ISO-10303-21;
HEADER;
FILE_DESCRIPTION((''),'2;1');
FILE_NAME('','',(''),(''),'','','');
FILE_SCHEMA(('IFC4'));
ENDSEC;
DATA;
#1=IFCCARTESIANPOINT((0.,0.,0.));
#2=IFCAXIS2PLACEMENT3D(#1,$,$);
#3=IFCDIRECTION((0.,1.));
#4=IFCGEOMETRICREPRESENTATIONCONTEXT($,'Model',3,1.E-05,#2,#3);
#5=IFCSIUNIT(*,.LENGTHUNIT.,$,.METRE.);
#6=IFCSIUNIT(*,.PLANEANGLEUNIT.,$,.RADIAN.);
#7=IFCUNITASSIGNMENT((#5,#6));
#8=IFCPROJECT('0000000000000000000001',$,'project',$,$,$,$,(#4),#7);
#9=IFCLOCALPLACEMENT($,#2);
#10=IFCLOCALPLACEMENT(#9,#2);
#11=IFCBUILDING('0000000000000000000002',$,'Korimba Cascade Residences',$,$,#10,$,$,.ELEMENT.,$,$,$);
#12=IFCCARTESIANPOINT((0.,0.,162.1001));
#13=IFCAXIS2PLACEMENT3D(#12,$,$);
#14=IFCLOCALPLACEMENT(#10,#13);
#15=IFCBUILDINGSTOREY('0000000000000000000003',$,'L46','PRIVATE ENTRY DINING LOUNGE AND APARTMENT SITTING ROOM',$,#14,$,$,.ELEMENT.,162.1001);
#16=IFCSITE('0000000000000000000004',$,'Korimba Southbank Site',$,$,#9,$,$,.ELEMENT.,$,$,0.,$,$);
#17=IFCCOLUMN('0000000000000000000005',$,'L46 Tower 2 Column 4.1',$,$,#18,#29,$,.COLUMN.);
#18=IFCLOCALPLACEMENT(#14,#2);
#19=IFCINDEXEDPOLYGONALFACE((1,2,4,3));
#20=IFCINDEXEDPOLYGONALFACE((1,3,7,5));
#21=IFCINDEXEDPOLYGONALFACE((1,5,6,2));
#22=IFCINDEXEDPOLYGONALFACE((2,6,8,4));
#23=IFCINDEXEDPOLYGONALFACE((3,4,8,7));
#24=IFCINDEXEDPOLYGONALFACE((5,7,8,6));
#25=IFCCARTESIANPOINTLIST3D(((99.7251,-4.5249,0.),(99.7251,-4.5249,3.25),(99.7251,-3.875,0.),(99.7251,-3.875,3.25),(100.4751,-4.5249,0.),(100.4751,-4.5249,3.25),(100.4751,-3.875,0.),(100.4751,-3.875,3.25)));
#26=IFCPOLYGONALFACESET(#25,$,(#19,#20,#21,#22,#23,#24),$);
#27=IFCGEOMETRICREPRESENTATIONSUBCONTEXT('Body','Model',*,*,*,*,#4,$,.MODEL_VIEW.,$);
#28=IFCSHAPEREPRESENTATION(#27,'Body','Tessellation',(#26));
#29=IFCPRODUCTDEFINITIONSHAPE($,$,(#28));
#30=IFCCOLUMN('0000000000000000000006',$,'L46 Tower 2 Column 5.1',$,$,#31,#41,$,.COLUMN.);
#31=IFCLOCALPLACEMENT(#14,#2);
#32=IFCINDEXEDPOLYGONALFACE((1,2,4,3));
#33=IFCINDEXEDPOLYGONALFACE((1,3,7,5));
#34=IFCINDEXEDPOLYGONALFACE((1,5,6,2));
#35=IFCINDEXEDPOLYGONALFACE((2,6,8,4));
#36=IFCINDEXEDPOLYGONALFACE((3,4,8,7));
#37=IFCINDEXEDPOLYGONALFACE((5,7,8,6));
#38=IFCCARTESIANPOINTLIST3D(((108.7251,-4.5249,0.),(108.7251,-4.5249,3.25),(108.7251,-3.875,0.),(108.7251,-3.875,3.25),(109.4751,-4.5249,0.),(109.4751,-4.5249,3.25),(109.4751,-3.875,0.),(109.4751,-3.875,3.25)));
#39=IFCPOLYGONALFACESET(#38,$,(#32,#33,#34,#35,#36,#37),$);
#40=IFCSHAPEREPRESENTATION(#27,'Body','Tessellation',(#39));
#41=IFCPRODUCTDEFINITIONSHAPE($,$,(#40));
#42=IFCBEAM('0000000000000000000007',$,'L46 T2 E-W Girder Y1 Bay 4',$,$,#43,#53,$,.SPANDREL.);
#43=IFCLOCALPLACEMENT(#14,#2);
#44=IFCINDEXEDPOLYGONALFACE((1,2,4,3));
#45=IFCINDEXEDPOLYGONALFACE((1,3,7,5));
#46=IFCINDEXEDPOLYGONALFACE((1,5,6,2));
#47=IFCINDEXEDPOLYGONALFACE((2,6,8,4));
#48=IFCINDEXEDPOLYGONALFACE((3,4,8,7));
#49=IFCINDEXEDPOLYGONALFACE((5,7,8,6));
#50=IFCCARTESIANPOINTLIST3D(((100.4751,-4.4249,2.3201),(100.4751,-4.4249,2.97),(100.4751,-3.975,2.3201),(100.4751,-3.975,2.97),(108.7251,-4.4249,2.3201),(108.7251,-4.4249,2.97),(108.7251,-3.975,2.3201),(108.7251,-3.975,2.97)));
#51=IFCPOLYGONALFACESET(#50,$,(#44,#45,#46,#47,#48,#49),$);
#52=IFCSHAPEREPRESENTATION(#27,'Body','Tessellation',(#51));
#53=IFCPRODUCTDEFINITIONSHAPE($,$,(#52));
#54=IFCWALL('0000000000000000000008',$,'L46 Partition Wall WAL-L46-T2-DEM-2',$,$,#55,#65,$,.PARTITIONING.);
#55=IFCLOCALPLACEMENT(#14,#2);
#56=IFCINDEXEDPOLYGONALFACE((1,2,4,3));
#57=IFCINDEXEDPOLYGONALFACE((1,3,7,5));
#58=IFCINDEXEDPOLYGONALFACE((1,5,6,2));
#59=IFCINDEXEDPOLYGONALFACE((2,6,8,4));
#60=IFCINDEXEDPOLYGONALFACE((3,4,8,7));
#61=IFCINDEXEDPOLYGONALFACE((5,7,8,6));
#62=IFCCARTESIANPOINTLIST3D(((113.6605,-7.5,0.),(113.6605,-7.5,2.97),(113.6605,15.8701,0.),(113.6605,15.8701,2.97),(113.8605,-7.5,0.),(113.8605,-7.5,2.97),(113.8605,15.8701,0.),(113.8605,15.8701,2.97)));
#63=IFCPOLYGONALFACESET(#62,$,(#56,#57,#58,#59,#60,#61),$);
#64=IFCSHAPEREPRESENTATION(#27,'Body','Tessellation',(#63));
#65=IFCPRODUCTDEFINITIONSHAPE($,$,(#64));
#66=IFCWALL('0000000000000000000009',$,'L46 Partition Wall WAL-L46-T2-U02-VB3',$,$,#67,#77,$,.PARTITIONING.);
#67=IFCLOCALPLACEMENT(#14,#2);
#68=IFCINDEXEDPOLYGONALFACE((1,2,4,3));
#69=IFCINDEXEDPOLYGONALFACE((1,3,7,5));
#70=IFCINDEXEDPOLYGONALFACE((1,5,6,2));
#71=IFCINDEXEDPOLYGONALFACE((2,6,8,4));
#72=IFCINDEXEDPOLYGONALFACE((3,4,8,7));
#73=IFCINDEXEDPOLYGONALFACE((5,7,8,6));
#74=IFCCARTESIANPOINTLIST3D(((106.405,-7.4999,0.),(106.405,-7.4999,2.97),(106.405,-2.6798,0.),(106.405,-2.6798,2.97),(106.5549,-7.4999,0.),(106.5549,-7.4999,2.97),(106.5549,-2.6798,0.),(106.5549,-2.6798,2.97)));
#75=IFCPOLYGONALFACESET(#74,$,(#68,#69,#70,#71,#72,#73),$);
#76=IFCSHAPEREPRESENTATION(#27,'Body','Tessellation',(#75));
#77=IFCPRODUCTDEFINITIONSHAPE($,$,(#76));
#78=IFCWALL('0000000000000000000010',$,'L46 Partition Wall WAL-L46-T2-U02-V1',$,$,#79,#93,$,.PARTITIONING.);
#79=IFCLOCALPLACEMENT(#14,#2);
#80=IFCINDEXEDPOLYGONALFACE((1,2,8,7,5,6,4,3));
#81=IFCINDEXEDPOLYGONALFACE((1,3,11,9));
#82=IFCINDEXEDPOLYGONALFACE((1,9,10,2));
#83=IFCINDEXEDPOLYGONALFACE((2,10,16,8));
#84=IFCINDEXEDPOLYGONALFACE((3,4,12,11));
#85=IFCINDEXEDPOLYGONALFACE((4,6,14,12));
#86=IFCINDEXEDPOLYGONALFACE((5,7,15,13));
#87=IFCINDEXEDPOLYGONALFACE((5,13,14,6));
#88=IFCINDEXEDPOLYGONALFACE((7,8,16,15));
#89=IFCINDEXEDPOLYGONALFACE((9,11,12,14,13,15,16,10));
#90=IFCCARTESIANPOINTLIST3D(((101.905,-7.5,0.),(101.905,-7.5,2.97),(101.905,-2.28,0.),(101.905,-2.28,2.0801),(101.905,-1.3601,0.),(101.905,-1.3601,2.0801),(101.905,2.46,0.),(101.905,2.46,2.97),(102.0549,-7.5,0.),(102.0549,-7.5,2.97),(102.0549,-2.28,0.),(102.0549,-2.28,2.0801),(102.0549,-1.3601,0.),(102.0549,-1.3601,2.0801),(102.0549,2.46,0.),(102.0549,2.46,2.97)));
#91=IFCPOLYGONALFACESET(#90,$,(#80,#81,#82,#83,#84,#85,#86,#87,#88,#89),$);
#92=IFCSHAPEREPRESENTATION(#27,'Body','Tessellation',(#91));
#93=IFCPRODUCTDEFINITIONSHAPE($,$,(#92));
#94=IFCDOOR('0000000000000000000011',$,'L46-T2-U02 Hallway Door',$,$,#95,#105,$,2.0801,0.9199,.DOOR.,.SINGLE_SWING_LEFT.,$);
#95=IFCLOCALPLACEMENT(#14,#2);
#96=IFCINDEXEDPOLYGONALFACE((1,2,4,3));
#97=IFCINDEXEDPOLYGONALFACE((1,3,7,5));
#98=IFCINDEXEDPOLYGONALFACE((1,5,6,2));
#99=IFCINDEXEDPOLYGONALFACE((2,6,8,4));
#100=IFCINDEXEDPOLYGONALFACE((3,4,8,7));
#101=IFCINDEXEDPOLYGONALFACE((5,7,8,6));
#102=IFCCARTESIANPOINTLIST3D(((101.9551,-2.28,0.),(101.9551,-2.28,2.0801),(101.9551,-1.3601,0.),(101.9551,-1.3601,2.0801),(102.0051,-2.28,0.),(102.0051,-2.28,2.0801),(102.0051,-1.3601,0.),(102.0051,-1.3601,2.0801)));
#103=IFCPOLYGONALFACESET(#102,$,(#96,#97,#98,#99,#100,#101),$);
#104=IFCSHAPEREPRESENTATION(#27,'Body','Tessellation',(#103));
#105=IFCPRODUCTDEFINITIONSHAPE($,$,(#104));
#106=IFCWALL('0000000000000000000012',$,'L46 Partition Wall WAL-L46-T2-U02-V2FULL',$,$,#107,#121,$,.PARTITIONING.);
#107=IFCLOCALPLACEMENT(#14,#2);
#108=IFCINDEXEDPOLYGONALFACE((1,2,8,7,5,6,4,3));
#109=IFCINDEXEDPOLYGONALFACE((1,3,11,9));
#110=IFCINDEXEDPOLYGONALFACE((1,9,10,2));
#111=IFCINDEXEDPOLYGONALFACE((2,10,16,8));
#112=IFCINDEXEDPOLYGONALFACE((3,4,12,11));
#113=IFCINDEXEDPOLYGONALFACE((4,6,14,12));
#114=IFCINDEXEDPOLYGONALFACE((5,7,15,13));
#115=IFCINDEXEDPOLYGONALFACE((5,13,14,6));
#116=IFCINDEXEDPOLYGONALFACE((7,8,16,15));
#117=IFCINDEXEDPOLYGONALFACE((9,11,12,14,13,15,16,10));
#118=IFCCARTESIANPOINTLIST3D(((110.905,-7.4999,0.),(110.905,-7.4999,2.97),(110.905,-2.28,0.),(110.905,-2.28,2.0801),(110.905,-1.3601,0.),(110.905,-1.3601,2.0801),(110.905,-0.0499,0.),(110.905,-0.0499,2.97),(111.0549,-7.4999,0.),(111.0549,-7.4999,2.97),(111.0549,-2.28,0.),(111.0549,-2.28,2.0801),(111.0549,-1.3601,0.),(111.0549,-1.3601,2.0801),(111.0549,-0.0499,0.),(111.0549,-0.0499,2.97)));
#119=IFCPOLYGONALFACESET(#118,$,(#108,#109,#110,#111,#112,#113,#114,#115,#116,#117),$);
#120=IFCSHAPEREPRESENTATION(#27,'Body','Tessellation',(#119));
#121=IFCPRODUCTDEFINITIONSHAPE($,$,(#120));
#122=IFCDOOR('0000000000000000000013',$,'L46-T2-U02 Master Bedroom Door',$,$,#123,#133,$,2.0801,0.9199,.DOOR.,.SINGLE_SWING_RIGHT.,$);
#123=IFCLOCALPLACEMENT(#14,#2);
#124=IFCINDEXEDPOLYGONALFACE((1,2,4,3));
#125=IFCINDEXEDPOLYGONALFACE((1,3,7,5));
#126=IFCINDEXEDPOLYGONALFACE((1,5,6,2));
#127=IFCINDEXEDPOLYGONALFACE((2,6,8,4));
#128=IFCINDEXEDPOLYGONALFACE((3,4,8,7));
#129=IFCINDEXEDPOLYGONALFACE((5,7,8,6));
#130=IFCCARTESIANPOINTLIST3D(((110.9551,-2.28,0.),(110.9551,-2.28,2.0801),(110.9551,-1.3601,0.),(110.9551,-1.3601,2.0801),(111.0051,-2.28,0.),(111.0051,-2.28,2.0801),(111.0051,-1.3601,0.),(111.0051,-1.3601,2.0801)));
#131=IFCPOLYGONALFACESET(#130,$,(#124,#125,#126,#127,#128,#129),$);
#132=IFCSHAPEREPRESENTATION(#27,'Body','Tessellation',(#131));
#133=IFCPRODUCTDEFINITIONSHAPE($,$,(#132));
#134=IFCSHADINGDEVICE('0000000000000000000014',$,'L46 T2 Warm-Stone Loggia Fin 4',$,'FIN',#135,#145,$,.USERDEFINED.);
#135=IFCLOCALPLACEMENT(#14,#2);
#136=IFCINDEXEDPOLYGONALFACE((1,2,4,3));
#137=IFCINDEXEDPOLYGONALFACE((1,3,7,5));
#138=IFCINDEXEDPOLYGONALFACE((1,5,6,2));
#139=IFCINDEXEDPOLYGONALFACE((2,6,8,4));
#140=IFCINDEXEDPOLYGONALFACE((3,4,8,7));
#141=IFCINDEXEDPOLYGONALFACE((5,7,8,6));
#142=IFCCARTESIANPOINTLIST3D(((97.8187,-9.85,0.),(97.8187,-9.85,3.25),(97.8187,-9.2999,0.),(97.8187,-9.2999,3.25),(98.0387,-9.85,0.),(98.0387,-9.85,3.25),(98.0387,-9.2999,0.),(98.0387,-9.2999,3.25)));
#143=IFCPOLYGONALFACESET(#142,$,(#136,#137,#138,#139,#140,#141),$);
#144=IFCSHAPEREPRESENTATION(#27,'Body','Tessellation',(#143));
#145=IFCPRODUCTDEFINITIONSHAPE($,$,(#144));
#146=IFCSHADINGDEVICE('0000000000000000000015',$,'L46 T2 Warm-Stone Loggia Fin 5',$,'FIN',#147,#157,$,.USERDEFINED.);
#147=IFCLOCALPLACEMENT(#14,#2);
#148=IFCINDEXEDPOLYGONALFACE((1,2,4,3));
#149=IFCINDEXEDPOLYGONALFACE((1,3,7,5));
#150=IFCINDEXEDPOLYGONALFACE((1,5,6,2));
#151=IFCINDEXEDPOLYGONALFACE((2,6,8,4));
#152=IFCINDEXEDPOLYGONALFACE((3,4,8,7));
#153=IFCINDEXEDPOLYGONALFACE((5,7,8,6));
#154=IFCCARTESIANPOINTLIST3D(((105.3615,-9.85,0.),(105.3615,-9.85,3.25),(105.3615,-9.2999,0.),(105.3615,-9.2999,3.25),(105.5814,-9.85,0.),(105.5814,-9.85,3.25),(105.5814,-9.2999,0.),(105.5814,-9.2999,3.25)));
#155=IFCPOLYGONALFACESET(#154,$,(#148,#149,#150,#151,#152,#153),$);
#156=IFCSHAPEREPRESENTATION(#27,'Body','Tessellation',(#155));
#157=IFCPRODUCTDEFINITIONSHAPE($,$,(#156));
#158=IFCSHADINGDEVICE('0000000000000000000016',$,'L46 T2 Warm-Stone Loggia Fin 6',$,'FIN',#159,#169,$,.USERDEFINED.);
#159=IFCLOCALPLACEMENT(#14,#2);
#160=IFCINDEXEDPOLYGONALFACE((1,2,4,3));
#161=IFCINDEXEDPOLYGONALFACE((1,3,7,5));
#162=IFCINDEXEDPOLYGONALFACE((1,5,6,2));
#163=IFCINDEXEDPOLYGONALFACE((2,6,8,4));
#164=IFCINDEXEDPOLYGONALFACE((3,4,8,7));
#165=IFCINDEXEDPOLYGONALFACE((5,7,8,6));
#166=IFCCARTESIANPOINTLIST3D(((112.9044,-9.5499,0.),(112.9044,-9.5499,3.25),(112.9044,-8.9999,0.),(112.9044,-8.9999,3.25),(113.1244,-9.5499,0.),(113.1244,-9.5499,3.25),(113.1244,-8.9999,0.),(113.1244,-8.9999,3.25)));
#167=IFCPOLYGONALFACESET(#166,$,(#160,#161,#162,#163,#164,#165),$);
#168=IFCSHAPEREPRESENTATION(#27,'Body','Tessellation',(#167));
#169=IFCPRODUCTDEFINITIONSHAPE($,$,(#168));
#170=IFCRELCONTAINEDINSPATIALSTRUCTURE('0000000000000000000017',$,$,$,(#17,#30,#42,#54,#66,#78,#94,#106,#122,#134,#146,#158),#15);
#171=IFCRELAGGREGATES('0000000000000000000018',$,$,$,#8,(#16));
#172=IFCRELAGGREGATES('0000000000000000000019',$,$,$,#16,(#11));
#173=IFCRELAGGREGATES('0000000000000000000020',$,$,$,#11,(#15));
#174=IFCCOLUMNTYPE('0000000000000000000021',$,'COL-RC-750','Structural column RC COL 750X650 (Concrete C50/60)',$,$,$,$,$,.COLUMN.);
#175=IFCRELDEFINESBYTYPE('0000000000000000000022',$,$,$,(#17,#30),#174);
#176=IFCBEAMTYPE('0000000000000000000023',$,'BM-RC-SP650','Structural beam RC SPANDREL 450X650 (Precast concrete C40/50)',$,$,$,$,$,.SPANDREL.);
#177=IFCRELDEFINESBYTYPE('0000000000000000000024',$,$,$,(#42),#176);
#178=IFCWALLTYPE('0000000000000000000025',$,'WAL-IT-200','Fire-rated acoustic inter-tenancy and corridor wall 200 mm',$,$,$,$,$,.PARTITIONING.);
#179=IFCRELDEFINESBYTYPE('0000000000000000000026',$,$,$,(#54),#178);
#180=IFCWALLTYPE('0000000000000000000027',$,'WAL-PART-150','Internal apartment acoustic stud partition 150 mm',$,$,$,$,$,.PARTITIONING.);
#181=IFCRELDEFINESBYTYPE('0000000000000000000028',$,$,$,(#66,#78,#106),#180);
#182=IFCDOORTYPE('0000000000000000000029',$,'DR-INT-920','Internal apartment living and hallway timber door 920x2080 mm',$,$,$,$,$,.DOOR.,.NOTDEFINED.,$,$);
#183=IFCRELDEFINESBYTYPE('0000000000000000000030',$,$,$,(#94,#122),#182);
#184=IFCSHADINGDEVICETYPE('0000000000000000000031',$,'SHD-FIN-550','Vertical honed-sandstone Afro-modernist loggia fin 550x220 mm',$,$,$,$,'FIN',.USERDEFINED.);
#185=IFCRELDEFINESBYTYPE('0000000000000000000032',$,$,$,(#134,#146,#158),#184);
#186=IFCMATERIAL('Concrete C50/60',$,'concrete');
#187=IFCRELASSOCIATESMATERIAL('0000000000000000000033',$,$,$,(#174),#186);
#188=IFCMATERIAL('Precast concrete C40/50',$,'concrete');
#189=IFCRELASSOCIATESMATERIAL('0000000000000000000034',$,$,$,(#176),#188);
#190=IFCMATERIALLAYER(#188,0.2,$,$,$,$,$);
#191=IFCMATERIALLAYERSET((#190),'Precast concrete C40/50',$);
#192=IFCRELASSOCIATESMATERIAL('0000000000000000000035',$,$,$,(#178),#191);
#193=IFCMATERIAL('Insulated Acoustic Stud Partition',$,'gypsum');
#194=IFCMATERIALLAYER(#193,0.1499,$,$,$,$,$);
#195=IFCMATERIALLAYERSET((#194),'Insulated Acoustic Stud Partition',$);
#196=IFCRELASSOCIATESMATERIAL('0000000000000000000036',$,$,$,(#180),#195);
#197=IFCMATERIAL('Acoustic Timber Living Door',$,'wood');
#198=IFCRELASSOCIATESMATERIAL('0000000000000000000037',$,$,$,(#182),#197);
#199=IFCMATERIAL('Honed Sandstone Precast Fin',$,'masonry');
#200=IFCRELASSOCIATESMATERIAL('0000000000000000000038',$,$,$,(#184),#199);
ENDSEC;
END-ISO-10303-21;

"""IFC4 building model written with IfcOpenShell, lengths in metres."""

from ifc_helpers import new_model, si_unit, direction, frame, frame_2d, origin, origin_2d, place, context, subcontext, project, spatial, rectangle, extrude, material, layer, layer_set, material_profile, profile_set, type_object, element, fill, save


model = new_model("IFC4")

# Units and contexts
model_context = context("Model", 3, precision=1e-05, world=origin(), true_north=direction((0.0, 1.0)))
body_context = subcontext(model_context, "Body", "Model", "MODEL_VIEW")
ifc_project = project(units=[si_unit("LENGTHUNIT", "METRE"), si_unit("PLANEANGLEUNIT", "RADIAN")], contexts=[model_context])

# Site, building, storey
site_placement = place(None, origin())
site = spatial("IfcSite", under=ifc_project, at=site_placement, Name="Korimba Southbank Site", CompositionType="ELEMENT", RefElevation=0.0)
building_placement = place(site_placement, origin())
building = spatial("IfcBuilding", under=site, at=building_placement, Name="Korimba Cascade Residences", CompositionType="ELEMENT")
storey_placement = place(building_placement, frame((0.0, 0.0, 162.1001)))
storey = spatial("IfcBuildingStorey", under=building, at=storey_placement, Name="L46", Description="PRIVATE ENTRY DINING LOUNGE AND APARTMENT SITTING ROOM", CompositionType="ELEMENT", Elevation=162.1001)

# Columns
ifc_material_1 = material(Name="Concrete C50/60", Category="concrete")
ifc_material_profile_1 = material_profile(ifc_material_1, rectangle(XDim=0.75, YDim=0.6499, at=origin_2d()), Name="Concrete C50/60")
ifc_profile_set_1 = profile_set([ifc_material_profile_1], Name="Concrete C50/60")
column_type = type_object("IfcColumnType", Name="COL-RC-750", Description="Structural column RC COL 750X650 (Concrete C50/60)", PredefinedType="COLUMN", material=ifc_profile_set_1)
for number, where, z_axis, x_axis, name in (
    (1, (100.1001, -4.2, 0.0), (0.0, 0.0, 1.0), (1.0, 0.0, 0.0), "L46 Tower 2 Column 4.1"),
    (2, (109.1001, -4.2, 0.0), (0.0, 0.0, 1.0), (1.0, 0.0, 0.0), "L46 Tower 2 Column 5.1"),
):
    element("IfcColumn", number, at=place(storey_placement, frame(where, z_axis=z_axis, x_axis=x_axis)), inside=storey, type_object=column_type, Name=name, PredefinedType="COLUMN", context=body_context, shape_type="SweptSolid", body=[
        extrude(rectangle(XDim=0.75, YDim=0.6499, at=origin_2d()), origin(), (0.0, 0.0, 1.0), 3.25),
    ])

# Beam
ifc_material_2 = material(Name="Precast concrete C40/50", Category="concrete")
ifc_material_profile_2 = material_profile(ifc_material_2, rectangle(XDim=0.45, YDim=0.6499, at=origin_2d()), Name="Precast concrete C40/50")
ifc_profile_set_2 = profile_set([ifc_material_profile_2], Name="Precast concrete C40/50")
beam_type = type_object("IfcBeamType", Name="BM-RC-SP650", Description="Structural beam RC SPANDREL 450X650 (Precast concrete C40/50)", PredefinedType="SPANDREL", material=ifc_profile_set_2)
beam_placement = place(storey_placement, frame((100.4751, -4.2, 2.645), z_axis=(1.0, 0.0, 0.0), x_axis=(0.0, 1.0, 0.0)))
element("IfcBeam", 3, at=beam_placement, inside=storey, type_object=beam_type, Name="L46 T2 E-W Girder Y1 Bay 4", PredefinedType="SPANDREL", context=body_context, shape_type="SweptSolid", body=[
    extrude(rectangle(XDim=0.45, YDim=0.6499, at=origin_2d()), origin(), (0.0, 0.0, 1.0), 8.25),
])

# Walls
ifc_layer_1 = layer(ifc_material_2, 0.2)
ifc_layer_set_1 = layer_set([ifc_layer_1], Name="Precast concrete C40/50")
wall_type_1 = type_object("IfcWallType", Name="WAL-IT-200", Description="Fire-rated acoustic inter-tenancy and corridor wall 200 mm", PredefinedType="PARTITIONING", material=ifc_layer_set_1)
wall_1_placement = place(storey_placement, frame((113.7605, -7.5, 0.0), z_axis=(0.0, 0.0, 1.0), x_axis=(0.0, 1.0, 0.0)))
element("IfcWall", 4, at=wall_1_placement, inside=storey, type_object=wall_type_1, Name="L46 Partition Wall WAL-L46-T2-DEM-2", PredefinedType="PARTITIONING", context=body_context, shape_type="SweptSolid", body=[
    extrude(rectangle(XDim=23.3701, YDim=0.2, at=frame_2d((11.6851, 0.0))), origin(), (0.0, 0.0, 1.0), 2.97),
])
ifc_material_3 = material(Name="Insulated Acoustic Stud Partition", Category="gypsum")
ifc_layer_2 = layer(ifc_material_3, 0.1499)
ifc_layer_set_2 = layer_set([ifc_layer_2], Name="Insulated Acoustic Stud Partition")
wall_type_2 = type_object("IfcWallType", Name="WAL-PART-150", Description="Internal apartment acoustic stud partition 150 mm", PredefinedType="PARTITIONING", material=ifc_layer_set_2)
wall_2_placement = place(storey_placement, frame((106.48, -7.5, 0.0), z_axis=(0.0, 0.0, 1.0), x_axis=(0.0, 1.0, 0.0)))
element("IfcWall", 5, at=wall_2_placement, inside=storey, type_object=wall_type_2, Name="L46 Partition Wall WAL-L46-T2-U02-VB3", PredefinedType="PARTITIONING", context=body_context, shape_type="SweptSolid", body=[
    extrude(rectangle(XDim=4.8201, YDim=0.1499, at=frame_2d((2.4102, 0.0))), origin(), (0.0, 0.0, 1.0), 2.97),
])

# Walls, openings, doors
wall_3_placement = place(storey_placement, frame((101.98, -7.5, 0.0), z_axis=(0.0, 0.0, 1.0), x_axis=(0.0, 1.0, 0.0)))
wall_3 = element("IfcWall", 6, at=wall_3_placement, inside=storey, type_object=wall_type_2, Name="L46 Partition Wall WAL-L46-T2-U02-V1", PredefinedType="PARTITIONING", context=body_context, shape_type="SweptSolid", body=[
    extrude(rectangle(XDim=9.96, YDim=0.1499, at=frame_2d((4.98, 0.0))), origin(), (0.0, 0.0, 1.0), 2.97),
])
opening_1_placement = place(wall_3_placement, frame((5.22, 0.0, 0.0)))
opening_1 = element("IfcOpeningElement", 7, at=opening_1_placement, cuts=wall_3, PredefinedType="OPENING", context=body_context, shape_type="SweptSolid", body=[
    extrude(rectangle(XDim=0.9199, YDim=2.0801, at=frame_2d((0.46, 1.04))), frame((0.0, 0.085, 0.0), z_axis=(0.0, -1.0, 0.0), x_axis=(1.0, 0.0, 0.0)), (0.0, 0.0, 1.0), 0.1699),
])
ifc_material_4 = material(Name="Acoustic Timber Living Door", Category="wood")
door_type = type_object("IfcDoorType", Name="DR-INT-920", Description="Internal apartment living and hallway timber door 920x2080 mm", OperationType="NOTDEFINED", PredefinedType="DOOR", material=ifc_material_4)
door_1_placement = place(opening_1_placement, origin())
door_1 = element("IfcDoor", 8, at=door_1_placement, inside=storey, type_object=door_type, Name="L46-T2-U02 Hallway Door", OperationType="SINGLE_SWING_LEFT", OverallHeight=2.0801, OverallWidth=0.9199, PredefinedType="DOOR", context=body_context, shape_type="SweptSolid", body=[
    extrude(rectangle(XDim=0.9199, YDim=2.0801, at=frame_2d((0.46, 1.04))), frame((0.0, 0.0249, 0.0), z_axis=(0.0, -1.0, 0.0), x_axis=(1.0, 0.0, 0.0)), (0.0, 0.0, 1.0), 0.05),
])
fill(opening_1, door_1)
wall_4_placement = place(storey_placement, frame((110.98, -7.5, 0.0), z_axis=(0.0, 0.0, 1.0), x_axis=(0.0, 1.0, 0.0)))
wall_4 = element("IfcWall", 9, at=wall_4_placement, inside=storey, type_object=wall_type_2, Name="L46 Partition Wall WAL-L46-T2-U02-V2FULL", PredefinedType="PARTITIONING", context=body_context, shape_type="SweptSolid", body=[
    extrude(rectangle(XDim=7.45, YDim=0.1499, at=frame_2d((3.7251, 0.0))), origin(), (0.0, 0.0, 1.0), 2.97),
])
opening_2_placement = place(wall_4_placement, frame((5.22, 0.0, 0.0)))
opening_2 = element("IfcOpeningElement", 10, at=opening_2_placement, cuts=wall_4, PredefinedType="OPENING", context=body_context, shape_type="SweptSolid", body=[
    extrude(rectangle(XDim=0.9199, YDim=2.0801, at=frame_2d((0.46, 1.04))), frame((0.0, 0.085, 0.0), z_axis=(0.0, -1.0, 0.0), x_axis=(1.0, 0.0, 0.0)), (0.0, 0.0, 1.0), 0.1699),
])
door_2_placement = place(opening_2_placement, origin())
door_2 = element("IfcDoor", 11, at=door_2_placement, inside=storey, type_object=door_type, Name="L46-T2-U02 Master Bedroom Door", OperationType="SINGLE_SWING_RIGHT", OverallHeight=2.0801, OverallWidth=0.9199, PredefinedType="DOOR", context=body_context, shape_type="SweptSolid", body=[
    extrude(rectangle(XDim=0.9199, YDim=2.0801, at=frame_2d((0.46, 1.04))), frame((0.0, 0.0249, 0.0), z_axis=(0.0, -1.0, 0.0), x_axis=(1.0, 0.0, 0.0)), (0.0, 0.0, 1.0), 0.05),
])
fill(opening_2, door_2)

# Shading devices
ifc_material_5 = material(Name="Honed Sandstone Precast Fin", Category="masonry")
shading_device_type = type_object("IfcShadingDeviceType", Name="SHD-FIN-550", Description="Vertical honed-sandstone Afro-modernist loggia fin 550x220 mm", ElementType="FIN", PredefinedType="USERDEFINED", material=ifc_material_5)
for number, where, z_axis, x_axis, name in (
    (12, (97.9287, -9.575, 0.0), (0.0, 0.0, 1.0), (1.0, 0.0, 0.0), "L46 T2 Warm-Stone Loggia Fin 4"),
    (13, (105.4714, -9.575, 0.0), (0.0, 0.0, 1.0), (1.0, 0.0, 0.0), "L46 T2 Warm-Stone Loggia Fin 5"),
    (14, (113.0144, -9.2749, 0.0), (0.0, 0.0, 1.0), (1.0, 0.0, 0.0), "L46 T2 Warm-Stone Loggia Fin 6"),
):
    element("IfcShadingDevice", number, at=place(storey_placement, frame(where, z_axis=z_axis, x_axis=x_axis)), inside=storey, type_object=shading_device_type, Name=name, ObjectType="FIN", PredefinedType="USERDEFINED", context=body_context, shape_type="SweptSolid", body=[
        extrude(rectangle(XDim=0.22, YDim=0.55, at=origin_2d()), origin(), (0.0, 0.0, 1.0), 3.25),
    ])

save(model, "model.ifc")
